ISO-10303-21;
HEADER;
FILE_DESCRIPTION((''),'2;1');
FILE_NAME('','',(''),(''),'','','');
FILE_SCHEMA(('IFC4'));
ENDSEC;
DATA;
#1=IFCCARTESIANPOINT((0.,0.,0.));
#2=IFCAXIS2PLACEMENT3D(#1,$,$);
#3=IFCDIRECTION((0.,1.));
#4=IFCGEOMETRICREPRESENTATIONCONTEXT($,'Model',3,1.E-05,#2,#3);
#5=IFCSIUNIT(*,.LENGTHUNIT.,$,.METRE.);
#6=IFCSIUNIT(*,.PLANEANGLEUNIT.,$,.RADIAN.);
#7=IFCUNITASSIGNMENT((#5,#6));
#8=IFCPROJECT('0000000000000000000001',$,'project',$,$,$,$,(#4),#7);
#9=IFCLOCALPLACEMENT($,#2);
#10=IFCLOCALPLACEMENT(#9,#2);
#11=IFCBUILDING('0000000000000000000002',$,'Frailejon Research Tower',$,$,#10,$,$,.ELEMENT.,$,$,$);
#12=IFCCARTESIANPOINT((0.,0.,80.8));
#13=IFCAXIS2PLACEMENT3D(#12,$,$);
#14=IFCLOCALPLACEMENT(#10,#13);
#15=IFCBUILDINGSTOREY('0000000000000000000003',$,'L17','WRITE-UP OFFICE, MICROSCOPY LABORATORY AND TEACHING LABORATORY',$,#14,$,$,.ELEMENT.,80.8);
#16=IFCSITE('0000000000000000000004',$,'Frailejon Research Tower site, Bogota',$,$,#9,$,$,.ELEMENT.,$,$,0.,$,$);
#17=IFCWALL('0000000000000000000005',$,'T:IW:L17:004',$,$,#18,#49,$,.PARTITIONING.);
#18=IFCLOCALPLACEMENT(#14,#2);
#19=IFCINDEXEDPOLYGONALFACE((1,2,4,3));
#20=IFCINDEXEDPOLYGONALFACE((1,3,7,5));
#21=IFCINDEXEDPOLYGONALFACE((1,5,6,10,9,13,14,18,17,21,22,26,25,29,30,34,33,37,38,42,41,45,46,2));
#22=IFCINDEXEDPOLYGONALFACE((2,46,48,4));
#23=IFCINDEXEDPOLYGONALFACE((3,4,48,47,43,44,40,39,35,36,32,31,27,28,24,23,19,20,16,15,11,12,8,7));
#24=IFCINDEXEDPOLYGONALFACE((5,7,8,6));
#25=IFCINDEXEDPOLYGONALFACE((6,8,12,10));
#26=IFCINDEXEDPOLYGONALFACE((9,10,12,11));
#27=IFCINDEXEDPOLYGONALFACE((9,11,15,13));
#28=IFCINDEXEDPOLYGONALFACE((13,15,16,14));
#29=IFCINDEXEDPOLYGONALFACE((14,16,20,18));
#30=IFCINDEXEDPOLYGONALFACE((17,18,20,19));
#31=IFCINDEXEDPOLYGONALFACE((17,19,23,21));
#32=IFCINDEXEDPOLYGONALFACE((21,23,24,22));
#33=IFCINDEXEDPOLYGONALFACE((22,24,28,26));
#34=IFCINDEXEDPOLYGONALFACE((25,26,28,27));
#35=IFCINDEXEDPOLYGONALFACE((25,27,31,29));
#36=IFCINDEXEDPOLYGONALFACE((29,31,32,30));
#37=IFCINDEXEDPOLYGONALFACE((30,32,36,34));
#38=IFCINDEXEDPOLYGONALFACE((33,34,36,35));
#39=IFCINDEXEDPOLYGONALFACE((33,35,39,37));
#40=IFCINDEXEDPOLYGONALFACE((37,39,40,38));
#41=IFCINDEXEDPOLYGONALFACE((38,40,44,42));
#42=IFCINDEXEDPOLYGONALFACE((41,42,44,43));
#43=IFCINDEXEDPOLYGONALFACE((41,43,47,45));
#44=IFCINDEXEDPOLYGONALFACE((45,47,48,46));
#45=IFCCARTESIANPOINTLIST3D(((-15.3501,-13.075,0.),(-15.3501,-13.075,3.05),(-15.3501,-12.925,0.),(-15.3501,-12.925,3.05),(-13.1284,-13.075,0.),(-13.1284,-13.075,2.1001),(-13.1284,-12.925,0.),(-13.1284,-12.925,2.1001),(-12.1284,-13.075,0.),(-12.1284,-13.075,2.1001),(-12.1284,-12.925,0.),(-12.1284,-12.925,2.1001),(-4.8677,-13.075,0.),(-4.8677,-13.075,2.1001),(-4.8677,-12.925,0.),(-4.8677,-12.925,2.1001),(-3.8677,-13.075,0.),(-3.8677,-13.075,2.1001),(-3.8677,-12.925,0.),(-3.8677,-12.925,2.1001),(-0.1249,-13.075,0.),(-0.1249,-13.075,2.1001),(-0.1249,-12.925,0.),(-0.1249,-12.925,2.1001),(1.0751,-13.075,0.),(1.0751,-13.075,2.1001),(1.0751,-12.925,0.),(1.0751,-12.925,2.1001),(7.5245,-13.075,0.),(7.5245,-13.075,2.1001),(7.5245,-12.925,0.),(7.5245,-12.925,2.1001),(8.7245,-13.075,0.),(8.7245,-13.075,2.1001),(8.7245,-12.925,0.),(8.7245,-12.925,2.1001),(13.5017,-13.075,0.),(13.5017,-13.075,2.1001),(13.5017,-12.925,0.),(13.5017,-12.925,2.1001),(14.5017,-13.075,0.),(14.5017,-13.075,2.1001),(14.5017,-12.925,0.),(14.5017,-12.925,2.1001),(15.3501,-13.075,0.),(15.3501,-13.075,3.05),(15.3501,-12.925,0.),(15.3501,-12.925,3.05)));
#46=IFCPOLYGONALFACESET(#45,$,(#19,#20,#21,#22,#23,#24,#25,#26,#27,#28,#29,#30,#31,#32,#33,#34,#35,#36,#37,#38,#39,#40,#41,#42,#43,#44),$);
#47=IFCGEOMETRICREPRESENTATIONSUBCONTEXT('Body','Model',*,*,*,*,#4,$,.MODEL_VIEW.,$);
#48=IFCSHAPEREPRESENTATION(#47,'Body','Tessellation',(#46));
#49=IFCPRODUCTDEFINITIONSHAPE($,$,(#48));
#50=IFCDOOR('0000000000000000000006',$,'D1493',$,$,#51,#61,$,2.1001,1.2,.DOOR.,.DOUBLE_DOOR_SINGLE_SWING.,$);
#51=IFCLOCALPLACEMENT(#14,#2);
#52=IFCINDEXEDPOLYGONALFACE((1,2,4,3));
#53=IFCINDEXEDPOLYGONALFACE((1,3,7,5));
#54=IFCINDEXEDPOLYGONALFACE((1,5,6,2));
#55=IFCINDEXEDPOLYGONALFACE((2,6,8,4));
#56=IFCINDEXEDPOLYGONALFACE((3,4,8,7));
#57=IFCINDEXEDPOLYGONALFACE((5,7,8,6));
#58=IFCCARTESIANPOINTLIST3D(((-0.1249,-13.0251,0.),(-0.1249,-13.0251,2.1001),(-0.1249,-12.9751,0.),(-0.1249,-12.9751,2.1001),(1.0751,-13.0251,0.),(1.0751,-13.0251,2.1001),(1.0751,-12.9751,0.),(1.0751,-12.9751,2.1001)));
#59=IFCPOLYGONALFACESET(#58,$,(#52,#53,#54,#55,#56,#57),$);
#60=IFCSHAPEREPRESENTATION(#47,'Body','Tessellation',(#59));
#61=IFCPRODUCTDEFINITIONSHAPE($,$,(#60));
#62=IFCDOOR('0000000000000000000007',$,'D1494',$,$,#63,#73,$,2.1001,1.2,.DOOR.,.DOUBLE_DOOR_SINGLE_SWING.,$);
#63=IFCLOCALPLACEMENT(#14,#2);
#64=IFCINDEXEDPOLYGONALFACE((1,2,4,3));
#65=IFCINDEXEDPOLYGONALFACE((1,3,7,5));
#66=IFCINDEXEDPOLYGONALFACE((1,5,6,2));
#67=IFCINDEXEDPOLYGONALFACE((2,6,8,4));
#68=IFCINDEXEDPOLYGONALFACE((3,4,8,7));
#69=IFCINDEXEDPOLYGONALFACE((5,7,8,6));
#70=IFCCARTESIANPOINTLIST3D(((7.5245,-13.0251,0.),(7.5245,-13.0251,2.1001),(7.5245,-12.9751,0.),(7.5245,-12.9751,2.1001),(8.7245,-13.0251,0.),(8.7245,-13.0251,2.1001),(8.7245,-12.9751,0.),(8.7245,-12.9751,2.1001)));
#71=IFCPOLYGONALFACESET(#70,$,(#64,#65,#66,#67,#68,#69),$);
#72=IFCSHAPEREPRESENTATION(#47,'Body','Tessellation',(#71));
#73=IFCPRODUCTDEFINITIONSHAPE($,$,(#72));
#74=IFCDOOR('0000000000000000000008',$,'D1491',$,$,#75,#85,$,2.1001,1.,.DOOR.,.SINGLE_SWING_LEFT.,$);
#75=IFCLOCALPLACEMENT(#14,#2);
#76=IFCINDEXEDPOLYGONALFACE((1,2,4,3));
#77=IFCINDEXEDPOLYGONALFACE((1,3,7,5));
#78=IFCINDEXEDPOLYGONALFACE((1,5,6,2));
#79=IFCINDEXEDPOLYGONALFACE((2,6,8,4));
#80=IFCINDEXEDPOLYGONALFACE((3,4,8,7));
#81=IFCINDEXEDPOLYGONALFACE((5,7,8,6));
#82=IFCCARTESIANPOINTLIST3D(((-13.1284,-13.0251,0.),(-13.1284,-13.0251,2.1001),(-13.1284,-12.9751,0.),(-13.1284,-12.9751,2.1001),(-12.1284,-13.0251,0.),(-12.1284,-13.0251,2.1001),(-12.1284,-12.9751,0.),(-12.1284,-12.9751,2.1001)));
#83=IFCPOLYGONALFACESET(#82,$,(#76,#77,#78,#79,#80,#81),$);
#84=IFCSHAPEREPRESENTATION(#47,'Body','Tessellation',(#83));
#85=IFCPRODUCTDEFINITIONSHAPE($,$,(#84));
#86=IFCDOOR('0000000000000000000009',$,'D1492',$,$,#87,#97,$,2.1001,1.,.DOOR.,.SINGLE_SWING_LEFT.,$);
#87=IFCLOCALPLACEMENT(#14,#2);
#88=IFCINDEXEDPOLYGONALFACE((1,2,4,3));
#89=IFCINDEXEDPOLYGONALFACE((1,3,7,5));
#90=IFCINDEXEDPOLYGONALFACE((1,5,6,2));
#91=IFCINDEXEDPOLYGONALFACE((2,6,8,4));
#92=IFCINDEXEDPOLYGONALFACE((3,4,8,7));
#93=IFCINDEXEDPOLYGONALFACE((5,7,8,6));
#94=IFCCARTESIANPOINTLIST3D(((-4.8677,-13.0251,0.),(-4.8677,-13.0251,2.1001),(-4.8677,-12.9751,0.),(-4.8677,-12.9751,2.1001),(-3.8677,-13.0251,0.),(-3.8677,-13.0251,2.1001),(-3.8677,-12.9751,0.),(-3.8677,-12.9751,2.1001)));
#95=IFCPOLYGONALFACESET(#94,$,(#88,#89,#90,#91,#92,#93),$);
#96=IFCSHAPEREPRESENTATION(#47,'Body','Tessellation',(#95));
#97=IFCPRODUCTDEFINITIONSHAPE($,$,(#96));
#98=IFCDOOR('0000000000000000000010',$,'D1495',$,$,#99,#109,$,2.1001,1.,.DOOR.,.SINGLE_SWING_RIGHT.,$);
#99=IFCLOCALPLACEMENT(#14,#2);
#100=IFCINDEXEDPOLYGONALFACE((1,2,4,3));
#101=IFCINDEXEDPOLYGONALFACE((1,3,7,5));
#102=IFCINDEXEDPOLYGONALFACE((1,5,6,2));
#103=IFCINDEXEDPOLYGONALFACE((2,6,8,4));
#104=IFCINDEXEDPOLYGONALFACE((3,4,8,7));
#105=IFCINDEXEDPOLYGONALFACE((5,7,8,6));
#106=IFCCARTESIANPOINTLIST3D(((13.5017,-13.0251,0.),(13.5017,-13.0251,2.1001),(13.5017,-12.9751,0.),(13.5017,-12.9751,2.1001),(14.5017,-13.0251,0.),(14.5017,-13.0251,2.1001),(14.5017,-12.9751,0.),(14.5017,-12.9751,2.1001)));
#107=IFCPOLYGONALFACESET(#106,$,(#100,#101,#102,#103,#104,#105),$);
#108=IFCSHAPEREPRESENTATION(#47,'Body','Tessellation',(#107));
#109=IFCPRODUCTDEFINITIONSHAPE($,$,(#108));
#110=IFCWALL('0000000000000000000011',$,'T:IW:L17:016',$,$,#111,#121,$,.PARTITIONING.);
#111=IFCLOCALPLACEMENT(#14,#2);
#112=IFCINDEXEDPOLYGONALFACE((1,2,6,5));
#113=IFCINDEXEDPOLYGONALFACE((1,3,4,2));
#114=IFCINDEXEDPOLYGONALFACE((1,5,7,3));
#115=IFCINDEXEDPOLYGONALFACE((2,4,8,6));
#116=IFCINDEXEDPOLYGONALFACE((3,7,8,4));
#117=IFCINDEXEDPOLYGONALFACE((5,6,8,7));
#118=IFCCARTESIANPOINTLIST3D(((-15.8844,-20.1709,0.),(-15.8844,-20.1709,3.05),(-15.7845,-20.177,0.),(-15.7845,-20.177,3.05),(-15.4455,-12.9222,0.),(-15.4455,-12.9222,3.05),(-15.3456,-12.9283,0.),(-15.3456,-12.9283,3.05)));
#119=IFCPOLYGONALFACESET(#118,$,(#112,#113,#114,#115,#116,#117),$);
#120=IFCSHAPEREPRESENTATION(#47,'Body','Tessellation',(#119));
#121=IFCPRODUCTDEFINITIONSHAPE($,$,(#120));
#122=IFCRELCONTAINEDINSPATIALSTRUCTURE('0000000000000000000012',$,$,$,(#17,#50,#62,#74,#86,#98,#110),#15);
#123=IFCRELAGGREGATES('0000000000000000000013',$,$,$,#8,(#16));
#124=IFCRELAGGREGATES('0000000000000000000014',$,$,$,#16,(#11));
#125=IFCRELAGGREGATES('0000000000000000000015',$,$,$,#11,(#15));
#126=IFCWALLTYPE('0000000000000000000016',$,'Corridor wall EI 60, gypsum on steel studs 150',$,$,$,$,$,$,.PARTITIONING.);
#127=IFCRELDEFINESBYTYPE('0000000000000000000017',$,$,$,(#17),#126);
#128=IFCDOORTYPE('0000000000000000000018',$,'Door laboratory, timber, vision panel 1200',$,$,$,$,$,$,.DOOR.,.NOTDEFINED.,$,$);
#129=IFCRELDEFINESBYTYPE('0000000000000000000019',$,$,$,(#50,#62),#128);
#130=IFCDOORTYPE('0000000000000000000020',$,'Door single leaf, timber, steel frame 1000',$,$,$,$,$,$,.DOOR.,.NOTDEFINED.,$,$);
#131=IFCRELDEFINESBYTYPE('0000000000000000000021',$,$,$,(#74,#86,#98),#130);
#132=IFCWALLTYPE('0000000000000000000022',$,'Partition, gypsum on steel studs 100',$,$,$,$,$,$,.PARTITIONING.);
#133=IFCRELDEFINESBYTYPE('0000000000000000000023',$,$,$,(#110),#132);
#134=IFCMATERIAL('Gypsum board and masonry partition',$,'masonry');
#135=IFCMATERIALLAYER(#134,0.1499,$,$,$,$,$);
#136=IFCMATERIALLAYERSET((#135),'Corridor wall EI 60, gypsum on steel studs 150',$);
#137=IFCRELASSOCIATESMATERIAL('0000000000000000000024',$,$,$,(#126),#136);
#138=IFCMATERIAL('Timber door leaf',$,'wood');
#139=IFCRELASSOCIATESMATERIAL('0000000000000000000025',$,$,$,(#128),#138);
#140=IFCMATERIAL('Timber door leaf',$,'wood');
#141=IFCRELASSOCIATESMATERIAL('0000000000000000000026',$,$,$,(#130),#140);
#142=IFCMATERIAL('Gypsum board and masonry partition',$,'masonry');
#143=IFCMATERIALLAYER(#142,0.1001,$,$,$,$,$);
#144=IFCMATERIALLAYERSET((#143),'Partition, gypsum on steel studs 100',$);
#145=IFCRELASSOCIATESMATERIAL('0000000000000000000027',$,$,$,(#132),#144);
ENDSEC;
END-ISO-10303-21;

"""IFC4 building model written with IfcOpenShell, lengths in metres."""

from ifc_helpers import new_model, si_unit, direction, frame, frame_2d, origin, place, context, subcontext, project, spatial, rectangle, extrude, material, layer, layer_set, type_object, element, fill, save


model = new_model("IFC4")

# Units and contexts
model_context = context("Model", 3, precision=1e-05, world=origin(), true_north=direction((0.0, 1.0)))
body_context = subcontext(model_context, "Body", "Model", "MODEL_VIEW")
ifc_project = project(units=[si_unit("LENGTHUNIT", "METRE"), si_unit("PLANEANGLEUNIT", "RADIAN")], contexts=[model_context])

# Site, building, storey
site_placement = place(None, origin())
site = spatial("IfcSite", under=ifc_project, at=site_placement, Name="Frailejon Research Tower site, Bogota", CompositionType="ELEMENT", RefElevation=0.0)
building_placement = place(site_placement, origin())
building = spatial("IfcBuilding", under=site, at=building_placement, Name="Frailejon Research Tower", CompositionType="ELEMENT")
storey_placement = place(building_placement, frame((0.0, 0.0, 80.8)))
storey = spatial("IfcBuildingStorey", under=building, at=storey_placement, Name="L17", Description="WRITE-UP OFFICE, MICROSCOPY LABORATORY AND TEACHING LABORATORY", CompositionType="ELEMENT", Elevation=80.8)

# Wall, openings, doors
ifc_material_1 = material(Name="Gypsum board and masonry partition", Category="masonry")
ifc_layer_1 = layer(ifc_material_1, 0.1499)
ifc_layer_set_1 = layer_set([ifc_layer_1], Name="Corridor wall EI 60, gypsum on steel studs 150")
wall_type_1 = type_object("IfcWallType", Name="Corridor wall EI 60, gypsum on steel studs 150", PredefinedType="PARTITIONING", material=ifc_layer_set_1)
wall_1_placement = place(storey_placement, frame((-15.3501, -13.0, 0.0), z_axis=(0.0, 0.0, 1.0), x_axis=(1.0, 0.0, 0.0)))
wall_1 = element("IfcWall", 1, at=wall_1_placement, inside=storey, type_object=wall_type_1, Name="T:IW:L17:004", PredefinedType="PARTITIONING", context=body_context, shape_type="SweptSolid", body=[
    extrude(rectangle(XDim=30.7002, YDim=0.1499, at=frame_2d((15.3501, 0.0))), origin(), (0.0, 0.0, 1.0), 3.05),
])
opening_1_placement = place(wall_1_placement, frame((2.2217, 0.0, 0.0)))
opening_1 = element("IfcOpeningElement", 2, at=opening_1_placement, cuts=wall_1, PredefinedType="OPENING", context=body_context, shape_type="SweptSolid", body=[
    extrude(rectangle(XDim=1.0, YDim=2.1001, at=frame_2d((0.5, 1.05))), frame((0.0, 0.085, 0.0), z_axis=(0.0, -1.0, 0.0), x_axis=(1.0, 0.0, 0.0)), (0.0, 0.0, 1.0), 0.1699),
])
opening_2_placement = place(wall_1_placement, frame((10.4824, 0.0, 0.0)))
opening_2 = element("IfcOpeningElement", 3, at=opening_2_placement, cuts=wall_1, PredefinedType="OPENING", context=body_context, shape_type="SweptSolid", body=[
    extrude(rectangle(XDim=1.0, YDim=2.1001, at=frame_2d((0.5, 1.05))), frame((0.0, 0.085, 0.0), z_axis=(0.0, -1.0, 0.0), x_axis=(1.0, 0.0, 0.0)), (0.0, 0.0, 1.0), 0.1699),
])
opening_3_placement = place(wall_1_placement, frame((15.2251, 0.0, 0.0)))
opening_3 = element("IfcOpeningElement", 4, at=opening_3_placement, cuts=wall_1, PredefinedType="OPENING", context=body_context, shape_type="SweptSolid", body=[
    extrude(rectangle(XDim=1.2, YDim=2.1001, at=frame_2d((0.6001, 1.05))), frame((0.0, 0.085, 0.0), z_axis=(0.0, -1.0, 0.0), x_axis=(1.0, 0.0, 0.0)), (0.0, 0.0, 1.0), 0.1699),
])
opening_4_placement = place(wall_1_placement, frame((22.8745, 0.0, 0.0)))
opening_4 = element("IfcOpeningElement", 5, at=opening_4_placement, cuts=wall_1, PredefinedType="OPENING", context=body_context, shape_type="SweptSolid", body=[
    extrude(rectangle(XDim=1.2, YDim=2.1001, at=frame_2d((0.6001, 1.05))), frame((0.0, 0.085, 0.0), z_axis=(0.0, -1.0, 0.0), x_axis=(1.0, 0.0, 0.0)), (0.0, 0.0, 1.0), 0.1699),
])
opening_5_placement = place(wall_1_placement, frame((28.8518, 0.0, 0.0)))
opening_5 = element("IfcOpeningElement", 6, at=opening_5_placement, cuts=wall_1, PredefinedType="OPENING", context=body_context, shape_type="SweptSolid", body=[
    extrude(rectangle(XDim=1.0, YDim=2.1001, at=frame_2d((0.5, 1.05))), frame((0.0, 0.085, 0.0), z_axis=(0.0, -1.0, 0.0), x_axis=(1.0, 0.0, 0.0)), (0.0, 0.0, 1.0), 0.1699),
])
ifc_material_2 = material(Name="Timber door leaf", Category="wood")
door_type_1 = type_object("IfcDoorType", Name="Door laboratory, timber, vision panel 1200", OperationType="NOTDEFINED", PredefinedType="DOOR", material=ifc_material_2)
door_1_placement = place(opening_3_placement, origin())
door_1 = element("IfcDoor", 7, at=door_1_placement, inside=storey, type_object=door_type_1, Name="D1493", OperationType="DOUBLE_DOOR_SINGLE_SWING", OverallHeight=2.1001, OverallWidth=1.2, PredefinedType="DOOR", context=body_context, shape_type="SweptSolid", body=[
    extrude(rectangle(XDim=1.2, YDim=2.1001, at=frame_2d((0.6001, 1.05))), frame((0.0, 0.0249, 0.0), z_axis=(0.0, -1.0, 0.0), x_axis=(1.0, 0.0, 0.0)), (0.0, 0.0, 1.0), 0.05),
])
fill(opening_3, door_1)
door_2_placement = place(opening_4_placement, origin())
door_2 = element("IfcDoor", 8, at=door_2_placement, inside=storey, type_object=door_type_1, Name="D1494", OperationType="DOUBLE_DOOR_SINGLE_SWING", OverallHeight=2.1001, OverallWidth=1.2, PredefinedType="DOOR", context=body_context, shape_type="SweptSolid", body=[
    extrude(rectangle(XDim=1.2, YDim=2.1001, at=frame_2d((0.6001, 1.05))), frame((0.0, 0.0249, 0.0), z_axis=(0.0, -1.0, 0.0), x_axis=(1.0, 0.0, 0.0)), (0.0, 0.0, 1.0), 0.05),
])
fill(opening_4, door_2)
ifc_material_3 = material(Name="Timber door leaf", Category="wood")
door_type_2 = type_object("IfcDoorType", Name="Door single leaf, timber, steel frame 1000", OperationType="NOTDEFINED", PredefinedType="DOOR", material=ifc_material_3)
door_3_placement = place(opening_1_placement, origin())
door_3 = element("IfcDoor", 9, at=door_3_placement, inside=storey, type_object=door_type_2, Name="D1491", OperationType="SINGLE_SWING_LEFT", OverallHeight=2.1001, OverallWidth=1.0, PredefinedType="DOOR", context=body_context, shape_type="SweptSolid", body=[
    extrude(rectangle(XDim=1.0, YDim=2.1001, at=frame_2d((0.5, 1.05))), frame((0.0, 0.0249, 0.0), z_axis=(0.0, -1.0, 0.0), x_axis=(1.0, 0.0, 0.0)), (0.0, 0.0, 1.0), 0.05),
])
fill(opening_1, door_3)
door_4_placement = place(opening_2_placement, origin())
door_4 = element("IfcDoor", 10, at=door_4_placement, inside=storey, type_object=door_type_2, Name="D1492", OperationType="SINGLE_SWING_LEFT", OverallHeight=2.1001, OverallWidth=1.0, PredefinedType="DOOR", context=body_context, shape_type="SweptSolid", body=[
    extrude(rectangle(XDim=1.0, YDim=2.1001, at=frame_2d((0.5, 1.05))), frame((0.0, 0.0249, 0.0), z_axis=(0.0, -1.0, 0.0), x_axis=(1.0, 0.0, 0.0)), (0.0, 0.0, 1.0), 0.05),
])
fill(opening_2, door_4)
door_5_placement = place(opening_5_placement, origin())
door_5 = element("IfcDoor", 11, at=door_5_placement, inside=storey, type_object=door_type_2, Name="D1495", OperationType="SINGLE_SWING_RIGHT", OverallHeight=2.1001, OverallWidth=1.0, PredefinedType="DOOR", context=body_context, shape_type="SweptSolid", body=[
    extrude(rectangle(XDim=1.0, YDim=2.1001, at=frame_2d((0.5, 1.05))), frame((0.0, 0.0249, 0.0), z_axis=(0.0, -1.0, 0.0), x_axis=(1.0, 0.0, 0.0)), (0.0, 0.0, 1.0), 0.05),
])
fill(opening_5, door_5)

# Wall
ifc_material_4 = material(Name="Gypsum board and masonry partition", Category="masonry")
ifc_layer_2 = layer(ifc_material_4, 0.1001)
ifc_layer_set_2 = layer_set([ifc_layer_2], Name="Partition, gypsum on steel studs 100")
wall_type_2 = type_object("IfcWallType", Name="Partition, gypsum on steel studs 100", PredefinedType="PARTITIONING", material=ifc_layer_set_2)
wall_2_placement = place(storey_placement, frame((-15.8345, -20.1738, 0.0), z_axis=(0.0, 0.0, 1.0), x_axis=(0.060446, 0.998171, 0.0)))
element("IfcWall", 12, at=wall_2_placement, inside=storey, type_object=wall_type_2, Name="T:IW:L17:016", PredefinedType="PARTITIONING", context=body_context, shape_type="SweptSolid", body=[
    extrude(rectangle(XDim=7.262, YDim=0.1001, at=frame_2d((3.6309, 0.0))), origin(), (0.0, 0.0, 1.0), 3.05),
])

save(model, "model.ifc")
